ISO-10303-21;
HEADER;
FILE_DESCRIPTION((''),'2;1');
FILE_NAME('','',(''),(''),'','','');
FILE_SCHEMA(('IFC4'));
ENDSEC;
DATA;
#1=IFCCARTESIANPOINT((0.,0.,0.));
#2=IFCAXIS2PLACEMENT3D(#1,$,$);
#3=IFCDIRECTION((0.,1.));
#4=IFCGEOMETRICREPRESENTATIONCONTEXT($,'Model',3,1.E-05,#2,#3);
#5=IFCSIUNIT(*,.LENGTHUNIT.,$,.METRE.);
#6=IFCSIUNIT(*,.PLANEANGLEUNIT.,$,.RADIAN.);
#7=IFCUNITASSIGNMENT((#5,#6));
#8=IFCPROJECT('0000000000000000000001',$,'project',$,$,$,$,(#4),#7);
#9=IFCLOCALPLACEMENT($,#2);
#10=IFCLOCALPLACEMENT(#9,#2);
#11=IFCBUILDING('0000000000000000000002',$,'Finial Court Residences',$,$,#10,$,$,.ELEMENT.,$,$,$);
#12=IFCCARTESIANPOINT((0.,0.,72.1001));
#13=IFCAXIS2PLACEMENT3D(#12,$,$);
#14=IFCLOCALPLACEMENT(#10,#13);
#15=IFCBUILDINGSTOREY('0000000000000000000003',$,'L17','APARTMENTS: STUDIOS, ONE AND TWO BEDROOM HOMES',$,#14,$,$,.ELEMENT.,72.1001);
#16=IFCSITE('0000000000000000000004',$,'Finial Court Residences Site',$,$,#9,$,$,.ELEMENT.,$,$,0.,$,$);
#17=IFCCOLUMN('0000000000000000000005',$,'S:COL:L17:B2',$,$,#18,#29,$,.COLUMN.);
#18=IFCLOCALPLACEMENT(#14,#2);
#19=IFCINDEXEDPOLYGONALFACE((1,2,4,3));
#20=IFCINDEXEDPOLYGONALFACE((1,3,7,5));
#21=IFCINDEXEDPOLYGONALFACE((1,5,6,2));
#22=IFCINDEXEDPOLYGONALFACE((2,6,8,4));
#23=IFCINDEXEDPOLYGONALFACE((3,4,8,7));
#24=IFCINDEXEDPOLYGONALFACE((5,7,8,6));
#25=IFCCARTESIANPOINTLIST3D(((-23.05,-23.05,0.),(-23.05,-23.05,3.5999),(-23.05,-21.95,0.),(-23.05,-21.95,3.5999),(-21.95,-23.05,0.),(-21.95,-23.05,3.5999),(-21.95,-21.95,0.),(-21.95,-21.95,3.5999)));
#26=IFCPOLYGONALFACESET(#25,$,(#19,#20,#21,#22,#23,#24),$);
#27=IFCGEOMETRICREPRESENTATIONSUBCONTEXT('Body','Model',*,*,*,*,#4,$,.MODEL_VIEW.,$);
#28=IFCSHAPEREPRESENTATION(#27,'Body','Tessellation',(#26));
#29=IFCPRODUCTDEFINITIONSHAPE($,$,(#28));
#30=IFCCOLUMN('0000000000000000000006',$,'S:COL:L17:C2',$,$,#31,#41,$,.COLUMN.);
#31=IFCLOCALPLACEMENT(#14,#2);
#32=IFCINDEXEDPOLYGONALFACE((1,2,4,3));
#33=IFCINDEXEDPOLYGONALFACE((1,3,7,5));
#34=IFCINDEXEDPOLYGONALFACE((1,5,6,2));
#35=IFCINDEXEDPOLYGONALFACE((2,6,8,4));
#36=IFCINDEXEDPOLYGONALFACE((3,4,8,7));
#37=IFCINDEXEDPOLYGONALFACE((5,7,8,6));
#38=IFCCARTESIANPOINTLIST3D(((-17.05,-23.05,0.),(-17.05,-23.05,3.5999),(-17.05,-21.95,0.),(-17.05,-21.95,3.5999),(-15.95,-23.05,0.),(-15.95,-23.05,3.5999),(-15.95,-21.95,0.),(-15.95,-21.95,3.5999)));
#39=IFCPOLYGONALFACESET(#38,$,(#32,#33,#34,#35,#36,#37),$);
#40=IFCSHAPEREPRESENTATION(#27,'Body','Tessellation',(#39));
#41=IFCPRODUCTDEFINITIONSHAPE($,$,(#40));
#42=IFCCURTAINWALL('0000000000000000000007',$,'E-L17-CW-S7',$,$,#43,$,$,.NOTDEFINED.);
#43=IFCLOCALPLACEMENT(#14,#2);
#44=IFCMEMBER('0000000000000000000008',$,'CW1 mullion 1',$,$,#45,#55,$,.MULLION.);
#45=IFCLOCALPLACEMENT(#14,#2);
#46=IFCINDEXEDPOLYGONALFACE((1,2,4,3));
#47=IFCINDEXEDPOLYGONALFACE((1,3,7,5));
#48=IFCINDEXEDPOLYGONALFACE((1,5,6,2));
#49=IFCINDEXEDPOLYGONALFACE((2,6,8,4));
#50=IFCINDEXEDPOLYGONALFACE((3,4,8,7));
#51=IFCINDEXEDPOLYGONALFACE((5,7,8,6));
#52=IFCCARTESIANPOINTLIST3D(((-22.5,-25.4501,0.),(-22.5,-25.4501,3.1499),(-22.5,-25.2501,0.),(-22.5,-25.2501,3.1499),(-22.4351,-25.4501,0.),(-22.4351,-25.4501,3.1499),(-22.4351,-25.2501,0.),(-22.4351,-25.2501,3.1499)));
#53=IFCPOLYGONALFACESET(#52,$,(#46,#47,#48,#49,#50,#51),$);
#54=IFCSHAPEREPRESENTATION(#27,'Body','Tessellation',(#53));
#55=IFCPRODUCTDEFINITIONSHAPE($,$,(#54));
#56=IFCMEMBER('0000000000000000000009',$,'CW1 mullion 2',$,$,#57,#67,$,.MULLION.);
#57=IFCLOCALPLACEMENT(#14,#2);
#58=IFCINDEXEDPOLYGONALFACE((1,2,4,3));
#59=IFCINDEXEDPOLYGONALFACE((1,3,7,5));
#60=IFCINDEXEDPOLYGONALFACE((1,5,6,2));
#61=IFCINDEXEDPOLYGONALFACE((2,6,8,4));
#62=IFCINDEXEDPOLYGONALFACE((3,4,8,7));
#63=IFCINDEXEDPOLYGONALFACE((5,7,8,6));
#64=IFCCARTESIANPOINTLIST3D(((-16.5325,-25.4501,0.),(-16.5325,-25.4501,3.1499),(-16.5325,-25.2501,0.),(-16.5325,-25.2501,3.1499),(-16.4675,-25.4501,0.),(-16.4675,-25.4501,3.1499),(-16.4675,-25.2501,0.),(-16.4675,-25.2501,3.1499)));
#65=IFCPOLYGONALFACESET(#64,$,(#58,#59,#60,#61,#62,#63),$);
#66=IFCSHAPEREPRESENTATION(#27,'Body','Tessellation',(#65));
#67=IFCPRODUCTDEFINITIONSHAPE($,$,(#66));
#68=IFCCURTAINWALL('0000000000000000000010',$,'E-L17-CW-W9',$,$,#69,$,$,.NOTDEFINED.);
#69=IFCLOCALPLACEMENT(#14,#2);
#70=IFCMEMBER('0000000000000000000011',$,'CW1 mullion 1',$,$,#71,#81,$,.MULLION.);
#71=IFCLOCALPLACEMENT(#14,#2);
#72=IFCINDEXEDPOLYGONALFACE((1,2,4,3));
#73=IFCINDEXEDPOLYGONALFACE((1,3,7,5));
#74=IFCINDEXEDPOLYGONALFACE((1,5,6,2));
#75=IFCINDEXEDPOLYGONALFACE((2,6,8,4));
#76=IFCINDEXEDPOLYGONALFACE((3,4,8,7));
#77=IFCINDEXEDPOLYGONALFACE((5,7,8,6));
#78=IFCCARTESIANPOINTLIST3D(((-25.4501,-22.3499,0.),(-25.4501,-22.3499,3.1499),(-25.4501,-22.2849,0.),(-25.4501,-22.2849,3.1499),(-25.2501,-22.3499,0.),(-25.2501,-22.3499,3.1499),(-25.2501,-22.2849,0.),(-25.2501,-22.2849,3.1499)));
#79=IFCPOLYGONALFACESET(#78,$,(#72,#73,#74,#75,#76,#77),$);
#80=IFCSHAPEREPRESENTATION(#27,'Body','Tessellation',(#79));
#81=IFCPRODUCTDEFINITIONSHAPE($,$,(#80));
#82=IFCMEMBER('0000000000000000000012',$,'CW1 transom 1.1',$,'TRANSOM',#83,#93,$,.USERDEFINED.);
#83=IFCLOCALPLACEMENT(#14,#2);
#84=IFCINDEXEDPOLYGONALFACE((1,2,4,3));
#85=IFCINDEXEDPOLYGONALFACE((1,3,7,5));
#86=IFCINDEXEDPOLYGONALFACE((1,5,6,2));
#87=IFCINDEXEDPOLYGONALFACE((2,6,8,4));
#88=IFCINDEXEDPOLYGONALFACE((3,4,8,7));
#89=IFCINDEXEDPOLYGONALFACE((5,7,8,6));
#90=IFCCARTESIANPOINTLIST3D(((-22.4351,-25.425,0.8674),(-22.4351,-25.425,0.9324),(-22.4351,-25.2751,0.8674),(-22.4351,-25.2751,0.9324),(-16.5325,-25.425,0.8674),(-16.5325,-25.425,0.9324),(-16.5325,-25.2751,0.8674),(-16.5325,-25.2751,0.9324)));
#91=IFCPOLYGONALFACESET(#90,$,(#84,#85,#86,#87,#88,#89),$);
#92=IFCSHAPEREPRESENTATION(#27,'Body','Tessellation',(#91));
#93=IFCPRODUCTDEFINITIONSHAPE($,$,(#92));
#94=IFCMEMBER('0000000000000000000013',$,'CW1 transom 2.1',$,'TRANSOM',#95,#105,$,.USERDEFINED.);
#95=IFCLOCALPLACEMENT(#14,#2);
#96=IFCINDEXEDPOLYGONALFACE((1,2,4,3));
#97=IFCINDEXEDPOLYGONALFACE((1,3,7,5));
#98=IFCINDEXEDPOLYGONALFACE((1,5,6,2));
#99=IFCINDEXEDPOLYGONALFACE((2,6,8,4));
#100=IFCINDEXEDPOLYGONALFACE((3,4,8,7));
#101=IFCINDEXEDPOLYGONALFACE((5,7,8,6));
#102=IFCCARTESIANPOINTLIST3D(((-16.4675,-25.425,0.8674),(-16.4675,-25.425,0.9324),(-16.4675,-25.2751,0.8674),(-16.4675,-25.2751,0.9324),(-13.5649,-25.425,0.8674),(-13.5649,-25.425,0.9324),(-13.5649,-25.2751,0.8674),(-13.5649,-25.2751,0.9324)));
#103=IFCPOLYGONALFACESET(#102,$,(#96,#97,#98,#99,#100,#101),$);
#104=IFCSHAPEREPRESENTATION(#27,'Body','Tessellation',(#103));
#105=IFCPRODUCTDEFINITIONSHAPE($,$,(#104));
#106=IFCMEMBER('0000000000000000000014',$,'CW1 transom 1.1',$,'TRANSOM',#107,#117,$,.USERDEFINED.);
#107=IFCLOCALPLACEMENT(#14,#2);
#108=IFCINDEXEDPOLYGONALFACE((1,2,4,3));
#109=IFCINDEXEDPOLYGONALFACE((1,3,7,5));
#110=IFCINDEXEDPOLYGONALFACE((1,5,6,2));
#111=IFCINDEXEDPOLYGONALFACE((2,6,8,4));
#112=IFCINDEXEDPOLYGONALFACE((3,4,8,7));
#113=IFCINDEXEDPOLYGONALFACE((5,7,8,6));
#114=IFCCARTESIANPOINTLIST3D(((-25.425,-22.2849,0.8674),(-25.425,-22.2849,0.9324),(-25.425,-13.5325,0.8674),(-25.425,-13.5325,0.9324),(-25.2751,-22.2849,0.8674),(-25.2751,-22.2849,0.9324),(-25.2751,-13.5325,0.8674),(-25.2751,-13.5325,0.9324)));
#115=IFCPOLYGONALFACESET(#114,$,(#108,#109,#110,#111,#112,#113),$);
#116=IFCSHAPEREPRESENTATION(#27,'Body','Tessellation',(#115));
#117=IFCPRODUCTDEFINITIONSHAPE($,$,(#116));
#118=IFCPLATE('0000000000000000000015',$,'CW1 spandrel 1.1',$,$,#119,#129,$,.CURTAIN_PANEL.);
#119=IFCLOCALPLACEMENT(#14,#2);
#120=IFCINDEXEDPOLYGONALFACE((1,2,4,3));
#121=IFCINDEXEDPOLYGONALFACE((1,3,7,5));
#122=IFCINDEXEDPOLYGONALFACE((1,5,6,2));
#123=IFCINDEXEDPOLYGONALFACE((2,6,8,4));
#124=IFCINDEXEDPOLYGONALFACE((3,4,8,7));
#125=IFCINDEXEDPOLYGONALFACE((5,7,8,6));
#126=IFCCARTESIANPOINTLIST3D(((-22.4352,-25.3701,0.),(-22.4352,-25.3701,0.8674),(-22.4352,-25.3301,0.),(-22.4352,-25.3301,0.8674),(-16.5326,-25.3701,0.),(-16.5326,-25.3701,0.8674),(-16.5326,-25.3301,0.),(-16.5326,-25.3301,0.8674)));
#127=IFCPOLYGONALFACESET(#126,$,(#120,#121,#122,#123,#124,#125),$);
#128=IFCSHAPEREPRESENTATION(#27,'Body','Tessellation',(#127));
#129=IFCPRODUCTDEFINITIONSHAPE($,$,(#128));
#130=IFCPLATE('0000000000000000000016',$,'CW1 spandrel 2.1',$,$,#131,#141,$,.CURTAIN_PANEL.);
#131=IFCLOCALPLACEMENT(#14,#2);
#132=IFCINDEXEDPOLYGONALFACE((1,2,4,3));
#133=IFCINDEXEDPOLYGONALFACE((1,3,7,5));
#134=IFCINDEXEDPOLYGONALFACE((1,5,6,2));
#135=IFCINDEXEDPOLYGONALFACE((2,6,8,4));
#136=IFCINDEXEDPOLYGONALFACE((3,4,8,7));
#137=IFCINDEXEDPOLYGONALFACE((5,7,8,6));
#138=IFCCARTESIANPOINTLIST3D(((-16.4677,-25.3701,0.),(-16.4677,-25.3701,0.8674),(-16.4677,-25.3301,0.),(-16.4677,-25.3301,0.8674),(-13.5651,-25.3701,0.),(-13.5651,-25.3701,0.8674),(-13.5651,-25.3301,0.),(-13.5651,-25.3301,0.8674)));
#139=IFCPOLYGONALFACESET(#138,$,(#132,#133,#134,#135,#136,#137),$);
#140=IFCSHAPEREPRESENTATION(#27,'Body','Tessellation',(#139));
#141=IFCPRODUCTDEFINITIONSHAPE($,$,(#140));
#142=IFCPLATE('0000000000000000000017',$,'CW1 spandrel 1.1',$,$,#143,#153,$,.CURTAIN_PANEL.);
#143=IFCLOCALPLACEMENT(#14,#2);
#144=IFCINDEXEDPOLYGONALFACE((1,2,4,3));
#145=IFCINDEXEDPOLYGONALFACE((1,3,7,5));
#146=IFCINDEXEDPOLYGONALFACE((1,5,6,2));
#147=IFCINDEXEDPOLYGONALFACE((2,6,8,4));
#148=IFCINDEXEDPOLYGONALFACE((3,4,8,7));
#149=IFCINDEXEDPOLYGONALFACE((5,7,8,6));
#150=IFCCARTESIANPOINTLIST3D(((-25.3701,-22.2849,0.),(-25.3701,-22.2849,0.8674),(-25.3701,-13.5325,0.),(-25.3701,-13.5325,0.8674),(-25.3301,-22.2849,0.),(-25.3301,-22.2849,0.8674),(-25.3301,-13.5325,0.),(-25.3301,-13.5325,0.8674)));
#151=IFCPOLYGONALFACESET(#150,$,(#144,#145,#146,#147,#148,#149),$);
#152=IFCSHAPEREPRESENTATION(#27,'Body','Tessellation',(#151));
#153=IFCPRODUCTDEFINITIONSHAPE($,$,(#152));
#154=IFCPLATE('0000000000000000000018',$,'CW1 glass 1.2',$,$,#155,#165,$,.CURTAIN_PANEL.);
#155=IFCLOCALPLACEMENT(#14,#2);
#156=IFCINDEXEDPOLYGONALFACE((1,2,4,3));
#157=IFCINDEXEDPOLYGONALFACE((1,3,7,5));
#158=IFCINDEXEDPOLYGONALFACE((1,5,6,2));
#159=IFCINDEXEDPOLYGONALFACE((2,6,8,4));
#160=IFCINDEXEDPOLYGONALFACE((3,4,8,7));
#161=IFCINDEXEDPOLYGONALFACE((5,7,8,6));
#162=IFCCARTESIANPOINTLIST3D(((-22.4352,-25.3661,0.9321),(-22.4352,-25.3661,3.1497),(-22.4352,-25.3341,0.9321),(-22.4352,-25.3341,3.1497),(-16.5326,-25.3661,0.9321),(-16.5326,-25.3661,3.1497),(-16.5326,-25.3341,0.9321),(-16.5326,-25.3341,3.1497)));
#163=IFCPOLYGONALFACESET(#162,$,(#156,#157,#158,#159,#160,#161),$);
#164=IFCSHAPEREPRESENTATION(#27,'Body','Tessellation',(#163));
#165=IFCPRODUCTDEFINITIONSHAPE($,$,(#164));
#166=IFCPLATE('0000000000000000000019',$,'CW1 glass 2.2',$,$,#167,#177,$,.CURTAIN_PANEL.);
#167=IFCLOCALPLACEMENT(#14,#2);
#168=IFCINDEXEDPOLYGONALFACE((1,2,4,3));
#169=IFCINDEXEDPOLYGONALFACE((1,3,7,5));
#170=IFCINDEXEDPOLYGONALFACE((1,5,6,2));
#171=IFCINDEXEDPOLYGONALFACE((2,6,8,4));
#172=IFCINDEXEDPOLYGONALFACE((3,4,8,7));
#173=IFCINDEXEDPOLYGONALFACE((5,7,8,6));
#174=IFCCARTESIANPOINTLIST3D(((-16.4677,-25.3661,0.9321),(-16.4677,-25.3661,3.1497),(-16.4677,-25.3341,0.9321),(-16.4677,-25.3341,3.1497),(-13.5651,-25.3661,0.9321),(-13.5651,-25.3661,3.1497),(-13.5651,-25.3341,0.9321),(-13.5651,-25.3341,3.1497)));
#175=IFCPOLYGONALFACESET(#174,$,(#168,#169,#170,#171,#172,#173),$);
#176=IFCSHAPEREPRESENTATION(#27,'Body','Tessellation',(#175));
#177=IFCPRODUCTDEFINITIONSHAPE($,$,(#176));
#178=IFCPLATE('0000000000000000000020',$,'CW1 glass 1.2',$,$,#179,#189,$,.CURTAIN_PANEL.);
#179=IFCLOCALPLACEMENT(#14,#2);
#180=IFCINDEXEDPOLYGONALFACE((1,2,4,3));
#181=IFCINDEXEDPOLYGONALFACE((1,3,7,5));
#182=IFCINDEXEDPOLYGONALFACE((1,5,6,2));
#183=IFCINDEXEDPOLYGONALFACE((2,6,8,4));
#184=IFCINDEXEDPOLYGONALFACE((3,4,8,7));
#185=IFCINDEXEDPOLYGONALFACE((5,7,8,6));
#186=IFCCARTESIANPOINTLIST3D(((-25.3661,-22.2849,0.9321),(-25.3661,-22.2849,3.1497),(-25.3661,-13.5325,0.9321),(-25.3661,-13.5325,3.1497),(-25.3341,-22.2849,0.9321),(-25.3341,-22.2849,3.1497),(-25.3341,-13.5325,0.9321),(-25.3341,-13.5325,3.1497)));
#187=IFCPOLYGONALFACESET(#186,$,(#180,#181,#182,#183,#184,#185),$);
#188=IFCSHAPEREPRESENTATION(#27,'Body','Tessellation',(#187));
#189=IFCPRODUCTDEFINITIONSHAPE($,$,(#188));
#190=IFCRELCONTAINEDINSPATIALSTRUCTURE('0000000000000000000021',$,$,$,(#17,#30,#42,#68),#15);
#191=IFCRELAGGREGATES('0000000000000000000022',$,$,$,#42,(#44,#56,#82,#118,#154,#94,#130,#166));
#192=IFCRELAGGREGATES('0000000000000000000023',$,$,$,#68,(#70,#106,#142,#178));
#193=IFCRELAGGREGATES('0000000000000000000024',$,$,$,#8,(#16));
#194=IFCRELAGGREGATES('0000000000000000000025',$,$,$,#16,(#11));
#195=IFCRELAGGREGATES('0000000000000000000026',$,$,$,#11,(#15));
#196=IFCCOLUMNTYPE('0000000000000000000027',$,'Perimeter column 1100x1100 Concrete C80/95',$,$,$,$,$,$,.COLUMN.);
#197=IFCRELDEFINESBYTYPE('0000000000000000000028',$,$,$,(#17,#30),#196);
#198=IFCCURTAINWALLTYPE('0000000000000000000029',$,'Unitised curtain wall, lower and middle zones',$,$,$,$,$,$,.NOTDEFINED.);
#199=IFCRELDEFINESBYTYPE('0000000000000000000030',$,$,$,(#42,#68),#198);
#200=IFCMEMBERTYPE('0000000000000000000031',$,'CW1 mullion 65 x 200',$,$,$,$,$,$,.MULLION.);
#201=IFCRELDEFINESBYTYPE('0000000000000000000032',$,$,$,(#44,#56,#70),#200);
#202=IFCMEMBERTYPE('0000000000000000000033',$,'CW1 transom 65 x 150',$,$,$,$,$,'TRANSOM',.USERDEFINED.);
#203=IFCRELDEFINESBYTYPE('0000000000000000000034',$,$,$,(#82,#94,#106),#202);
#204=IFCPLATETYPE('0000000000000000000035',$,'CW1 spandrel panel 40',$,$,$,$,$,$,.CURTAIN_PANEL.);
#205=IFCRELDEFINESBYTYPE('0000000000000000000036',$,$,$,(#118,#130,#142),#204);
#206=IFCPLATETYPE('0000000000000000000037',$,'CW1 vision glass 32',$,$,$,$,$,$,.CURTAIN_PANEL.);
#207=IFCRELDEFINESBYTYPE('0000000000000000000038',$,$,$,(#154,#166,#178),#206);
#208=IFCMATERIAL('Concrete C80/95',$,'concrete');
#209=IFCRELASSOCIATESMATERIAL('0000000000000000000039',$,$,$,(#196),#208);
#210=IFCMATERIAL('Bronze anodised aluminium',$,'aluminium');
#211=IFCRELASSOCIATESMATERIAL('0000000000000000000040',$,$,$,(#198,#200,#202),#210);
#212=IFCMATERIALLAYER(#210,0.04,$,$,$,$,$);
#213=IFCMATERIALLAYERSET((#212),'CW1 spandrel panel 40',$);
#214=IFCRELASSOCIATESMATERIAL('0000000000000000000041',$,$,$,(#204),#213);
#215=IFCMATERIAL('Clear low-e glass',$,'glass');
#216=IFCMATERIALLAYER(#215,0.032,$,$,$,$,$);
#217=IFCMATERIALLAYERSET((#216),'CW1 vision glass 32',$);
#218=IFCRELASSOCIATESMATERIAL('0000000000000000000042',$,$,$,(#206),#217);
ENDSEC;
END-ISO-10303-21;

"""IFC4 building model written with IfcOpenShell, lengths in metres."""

from ifc_helpers import new_model, si_unit, direction, frame, origin, origin_2d, place, context, subcontext, project, spatial, rectangle, extrude, material, layer, layer_set, material_profile, profile_set, type_object, element, aggregate, save


model = new_model("IFC4")

# Units and contexts
model_context = context("Model", 3, precision=1e-05, world=origin(), true_north=direction((0.0, 1.0)))
body_context = subcontext(model_context, "Body", "Model", "MODEL_VIEW")
ifc_project = project(units=[si_unit("LENGTHUNIT", "METRE"), si_unit("PLANEANGLEUNIT", "RADIAN")], contexts=[model_context])

# Site, building, storey
site_placement = place(None, origin())
site = spatial("IfcSite", under=ifc_project, at=site_placement, Name="Finial Court Residences Site", CompositionType="ELEMENT", RefElevation=0.0)
building_placement = place(site_placement, origin())
building = spatial("IfcBuilding", under=site, at=building_placement, Name="Finial Court Residences", CompositionType="ELEMENT")
storey_placement = place(building_placement, frame((0.0, 0.0, 72.1001)))
storey = spatial("IfcBuildingStorey", under=building, at=storey_placement, Name="L17", Description="APARTMENTS: STUDIOS, ONE AND TWO BEDROOM HOMES", CompositionType="ELEMENT", Elevation=72.1001)

# Columns
ifc_material_1 = material(Name="Concrete C80/95", Category="concrete")
ifc_material_profile_1 = material_profile(ifc_material_1, rectangle(XDim=1.1001, YDim=1.1001, at=origin_2d()), Name="1100x1100")
ifc_profile_set_1 = profile_set([ifc_material_profile_1], Name="Concrete C80/95")
column_type = type_object("IfcColumnType", Name="Perimeter column 1100x1100 Concrete C80/95", PredefinedType="COLUMN", material=ifc_profile_set_1)
for number, where, z_axis, x_axis, name in (
    (1, (-22.5, -22.5, 0.0), (0.0, 0.0, 1.0), (1.0, 0.0, 0.0), "S:COL:L17:B2"),
    (2, (-16.5, -22.5, 0.0), (0.0, 0.0, 1.0), (1.0, 0.0, 0.0), "S:COL:L17:C2"),
):
    element("IfcColumn", number, at=place(storey_placement, frame(where, z_axis=z_axis, x_axis=x_axis)), inside=storey, type_object=column_type, Name=name, PredefinedType="COLUMN", context=body_context, shape_type="SweptSolid", body=[
        extrude(rectangle(XDim=1.1001, YDim=1.1001, at=origin_2d()), origin(), (0.0, 0.0, 1.0), 3.5999),
    ])

# Curtain wall, members
ifc_material_2 = material(Name="Bronze anodised aluminium", Category="aluminium")
curtain_wall_type = type_object("IfcCurtainWallType", Name="Unitised curtain wall, lower and middle zones", PredefinedType="NOTDEFINED", material=ifc_material_2)
curtain_wall_1_placement = place(storey_placement, origin())
curtain_wall_1 = element("IfcCurtainWall", 3, at=curtain_wall_1_placement, inside=storey, type_object=curtain_wall_type, Name="E-L17-CW-S7", PredefinedType="NOTDEFINED")
ifc_material_profile_2 = material_profile(ifc_material_2, rectangle(XDim=0.2, YDim=0.0649, at=origin_2d()), Name="CW1 mullion 65 x 200")
ifc_profile_set_2 = profile_set([ifc_material_profile_2], Name="Bronze anodised aluminium")
member_type_1 = type_object("IfcMemberType", Name="CW1 mullion 65 x 200", PredefinedType="MULLION", material=ifc_profile_set_2)
member_1_placement = place(storey_placement, frame((-22.4675, -25.3501, 0.0), z_axis=(0.0, 0.0, 1.0), x_axis=(0.0, 1.0, 0.0)))
member_1 = element("IfcMember", 4, at=member_1_placement, type_object=member_type_1, Name="CW1 mullion 1", PredefinedType="MULLION", context=body_context, shape_type="SweptSolid", body=[
    extrude(rectangle(XDim=0.2, YDim=0.0649, at=origin_2d()), origin(), (0.0, 0.0, 1.0), 3.1499),
])
member_2_placement = place(storey_placement, frame((-16.5, -25.3501, 0.0), z_axis=(0.0, 0.0, 1.0), x_axis=(0.0, 1.0, 0.0)))
member_2 = element("IfcMember", 5, at=member_2_placement, type_object=member_type_1, Name="CW1 mullion 2", PredefinedType="MULLION", context=body_context, shape_type="SweptSolid", body=[
    extrude(rectangle(XDim=0.2, YDim=0.0649, at=origin_2d()), origin(), (0.0, 0.0, 1.0), 3.1499),
])

# Curtain wall, member
curtain_wall_2_placement = place(storey_placement, origin())
curtain_wall_2 = element("IfcCurtainWall", 6, at=curtain_wall_2_placement, inside=storey, type_object=curtain_wall_type, Name="E-L17-CW-W9", PredefinedType="NOTDEFINED")
member_3_placement = place(storey_placement, frame((-25.3501, -22.3174, 0.0), z_axis=(0.0, 0.0, 1.0), x_axis=(-1.0, 0.0, 0.0)))
member_3 = element("IfcMember", 7, at=member_3_placement, type_object=member_type_1, Name="CW1 mullion 1", PredefinedType="MULLION", context=body_context, shape_type="SweptSolid", body=[
    extrude(rectangle(XDim=0.2, YDim=0.0649, at=origin_2d()), origin(), (0.0, 0.0, 1.0), 3.1499),
])

# Members
ifc_material_profile_3 = material_profile(ifc_material_2, rectangle(XDim=0.1499, YDim=0.0649, at=origin_2d()), Name="CW1 transom 65 x 150")
ifc_profile_set_3 = profile_set([ifc_material_profile_3], Name="Bronze anodised aluminium")
member_type_2 = type_object("IfcMemberType", Name="CW1 transom 65 x 150", ElementType="TRANSOM", PredefinedType="USERDEFINED", material=ifc_profile_set_3)
member_4_placement = place(storey_placement, frame((-22.4351, -25.3501, 0.8999), z_axis=(1.0, 0.0, 0.0), x_axis=(0.0, 1.0, 0.0)))
member_4 = element("IfcMember", 8, at=member_4_placement, type_object=member_type_2, Name="CW1 transom 1.1", ObjectType="TRANSOM", PredefinedType="USERDEFINED", context=body_context, shape_type="SweptSolid", body=[
    extrude(rectangle(XDim=0.1499, YDim=0.0649, at=origin_2d()), origin(), (0.0, 0.0, 1.0), 5.9026),
])
member_5_placement = place(storey_placement, frame((-16.4675, -25.3501, 0.8999), z_axis=(1.0, 0.0, 0.0), x_axis=(0.0, 1.0, 0.0)))
member_5 = element("IfcMember", 9, at=member_5_placement, type_object=member_type_2, Name="CW1 transom 2.1", ObjectType="TRANSOM", PredefinedType="USERDEFINED", context=body_context, shape_type="SweptSolid", body=[
    extrude(rectangle(XDim=0.1499, YDim=0.0649, at=origin_2d()), origin(), (0.0, 0.0, 1.0), 2.9026),
])
member_6_placement = place(storey_placement, frame((-25.3501, -22.2849, 0.8999), z_axis=(0.0, 1.0, 0.0), x_axis=(-1.0, 0.0, 0.0)))
member_6 = element("IfcMember", 10, at=member_6_placement, type_object=member_type_2, Name="CW1 transom 1.1", ObjectType="TRANSOM", PredefinedType="USERDEFINED", context=body_context, shape_type="SweptSolid", body=[
    extrude(rectangle(XDim=0.1499, YDim=0.0649, at=origin_2d()), origin(), (0.0, 0.0, 1.0), 8.7524),
])

# Plates
ifc_layer_1 = layer(ifc_material_2, 0.04)
ifc_layer_set_1 = layer_set([ifc_layer_1], Name="CW1 spandrel panel 40")
plate_type_1 = type_object("IfcPlateType", Name="CW1 spandrel panel 40", PredefinedType="CURTAIN_PANEL", material=ifc_layer_set_1)
plate_1_placement = place(storey_placement, frame((-19.4839, -25.3501, 0.0), z_axis=(0.0, 0.0, 1.0), x_axis=(1.0, 0.0, 0.0)))
plate_1 = element("IfcPlate", 11, at=plate_1_placement, type_object=plate_type_1, Name="CW1 spandrel 1.1", PredefinedType="CURTAIN_PANEL", context=body_context, shape_type="SweptSolid", body=[
    extrude(rectangle(XDim=5.9026, YDim=0.04, at=origin_2d()), origin(), (0.0, 0.0, 1.0), 0.8674),
])
plate_2_placement = place(storey_placement, frame((-15.0164, -25.3501, 0.0), z_axis=(0.0, 0.0, 1.0), x_axis=(1.0, 0.0, 0.0)))
plate_2 = element("IfcPlate", 12, at=plate_2_placement, type_object=plate_type_1, Name="CW1 spandrel 2.1", PredefinedType="CURTAIN_PANEL", context=body_context, shape_type="SweptSolid", body=[
    extrude(rectangle(XDim=2.9026, YDim=0.04, at=origin_2d()), origin(), (0.0, 0.0, 1.0), 0.8674),
])
plate_3_placement = place(storey_placement, frame((-25.3501, -17.9087, 0.0), z_axis=(0.0, 0.0, 1.0), x_axis=(0.0, 1.0, 0.0)))
plate_3 = element("IfcPlate", 13, at=plate_3_placement, type_object=plate_type_1, Name="CW1 spandrel 1.1", PredefinedType="CURTAIN_PANEL", context=body_context, shape_type="SweptSolid", body=[
    extrude(rectangle(XDim=8.7524, YDim=0.04, at=origin_2d()), origin(), (0.0, 0.0, 1.0), 0.8674),
])
ifc_material_3 = material(Name="Clear low-e glass", Category="glass")
ifc_layer_2 = layer(ifc_material_3, 0.032)
ifc_layer_set_2 = layer_set([ifc_layer_2], Name="CW1 vision glass 32")
plate_type_2 = type_object("IfcPlateType", Name="CW1 vision glass 32", PredefinedType="CURTAIN_PANEL", material=ifc_layer_set_2)
plate_4_placement = place(storey_placement, frame((-19.4839, -25.3501, 0.9321), z_axis=(0.0, 0.0, 1.0), x_axis=(1.0, 0.0, 0.0)))
plate_4 = element("IfcPlate", 14, at=plate_4_placement, type_object=plate_type_2, Name="CW1 glass 1.2", PredefinedType="CURTAIN_PANEL", context=body_context, shape_type="SweptSolid", body=[
    extrude(rectangle(XDim=5.9026, YDim=0.032, at=origin_2d()), origin(), (0.0, 0.0, 1.0), 2.2175),
])
plate_5_placement = place(storey_placement, frame((-15.0164, -25.3501, 0.9321), z_axis=(0.0, 0.0, 1.0), x_axis=(1.0, 0.0, 0.0)))
plate_5 = element("IfcPlate", 15, at=plate_5_placement, type_object=plate_type_2, Name="CW1 glass 2.2", PredefinedType="CURTAIN_PANEL", context=body_context, shape_type="SweptSolid", body=[
    extrude(rectangle(XDim=2.9026, YDim=0.032, at=origin_2d()), origin(), (0.0, 0.0, 1.0), 2.2175),
])
aggregate(curtain_wall_1, [member_1, member_2, member_4, plate_1, plate_4, member_5, plate_2, plate_5])
plate_6_placement = place(storey_placement, frame((-25.3501, -17.9087, 0.9321), z_axis=(0.0, 0.0, 1.0), x_axis=(0.0, 1.0, 0.0)))
plate_6 = element("IfcPlate", 16, at=plate_6_placement, type_object=plate_type_2, Name="CW1 glass 1.2", PredefinedType="CURTAIN_PANEL", context=body_context, shape_type="SweptSolid", body=[
    extrude(rectangle(XDim=8.7524, YDim=0.032, at=origin_2d()), origin(), (0.0, 0.0, 1.0), 2.2175),
])
aggregate(curtain_wall_2, [member_3, member_6, plate_3, plate_6])

save(model, "model.ifc")
